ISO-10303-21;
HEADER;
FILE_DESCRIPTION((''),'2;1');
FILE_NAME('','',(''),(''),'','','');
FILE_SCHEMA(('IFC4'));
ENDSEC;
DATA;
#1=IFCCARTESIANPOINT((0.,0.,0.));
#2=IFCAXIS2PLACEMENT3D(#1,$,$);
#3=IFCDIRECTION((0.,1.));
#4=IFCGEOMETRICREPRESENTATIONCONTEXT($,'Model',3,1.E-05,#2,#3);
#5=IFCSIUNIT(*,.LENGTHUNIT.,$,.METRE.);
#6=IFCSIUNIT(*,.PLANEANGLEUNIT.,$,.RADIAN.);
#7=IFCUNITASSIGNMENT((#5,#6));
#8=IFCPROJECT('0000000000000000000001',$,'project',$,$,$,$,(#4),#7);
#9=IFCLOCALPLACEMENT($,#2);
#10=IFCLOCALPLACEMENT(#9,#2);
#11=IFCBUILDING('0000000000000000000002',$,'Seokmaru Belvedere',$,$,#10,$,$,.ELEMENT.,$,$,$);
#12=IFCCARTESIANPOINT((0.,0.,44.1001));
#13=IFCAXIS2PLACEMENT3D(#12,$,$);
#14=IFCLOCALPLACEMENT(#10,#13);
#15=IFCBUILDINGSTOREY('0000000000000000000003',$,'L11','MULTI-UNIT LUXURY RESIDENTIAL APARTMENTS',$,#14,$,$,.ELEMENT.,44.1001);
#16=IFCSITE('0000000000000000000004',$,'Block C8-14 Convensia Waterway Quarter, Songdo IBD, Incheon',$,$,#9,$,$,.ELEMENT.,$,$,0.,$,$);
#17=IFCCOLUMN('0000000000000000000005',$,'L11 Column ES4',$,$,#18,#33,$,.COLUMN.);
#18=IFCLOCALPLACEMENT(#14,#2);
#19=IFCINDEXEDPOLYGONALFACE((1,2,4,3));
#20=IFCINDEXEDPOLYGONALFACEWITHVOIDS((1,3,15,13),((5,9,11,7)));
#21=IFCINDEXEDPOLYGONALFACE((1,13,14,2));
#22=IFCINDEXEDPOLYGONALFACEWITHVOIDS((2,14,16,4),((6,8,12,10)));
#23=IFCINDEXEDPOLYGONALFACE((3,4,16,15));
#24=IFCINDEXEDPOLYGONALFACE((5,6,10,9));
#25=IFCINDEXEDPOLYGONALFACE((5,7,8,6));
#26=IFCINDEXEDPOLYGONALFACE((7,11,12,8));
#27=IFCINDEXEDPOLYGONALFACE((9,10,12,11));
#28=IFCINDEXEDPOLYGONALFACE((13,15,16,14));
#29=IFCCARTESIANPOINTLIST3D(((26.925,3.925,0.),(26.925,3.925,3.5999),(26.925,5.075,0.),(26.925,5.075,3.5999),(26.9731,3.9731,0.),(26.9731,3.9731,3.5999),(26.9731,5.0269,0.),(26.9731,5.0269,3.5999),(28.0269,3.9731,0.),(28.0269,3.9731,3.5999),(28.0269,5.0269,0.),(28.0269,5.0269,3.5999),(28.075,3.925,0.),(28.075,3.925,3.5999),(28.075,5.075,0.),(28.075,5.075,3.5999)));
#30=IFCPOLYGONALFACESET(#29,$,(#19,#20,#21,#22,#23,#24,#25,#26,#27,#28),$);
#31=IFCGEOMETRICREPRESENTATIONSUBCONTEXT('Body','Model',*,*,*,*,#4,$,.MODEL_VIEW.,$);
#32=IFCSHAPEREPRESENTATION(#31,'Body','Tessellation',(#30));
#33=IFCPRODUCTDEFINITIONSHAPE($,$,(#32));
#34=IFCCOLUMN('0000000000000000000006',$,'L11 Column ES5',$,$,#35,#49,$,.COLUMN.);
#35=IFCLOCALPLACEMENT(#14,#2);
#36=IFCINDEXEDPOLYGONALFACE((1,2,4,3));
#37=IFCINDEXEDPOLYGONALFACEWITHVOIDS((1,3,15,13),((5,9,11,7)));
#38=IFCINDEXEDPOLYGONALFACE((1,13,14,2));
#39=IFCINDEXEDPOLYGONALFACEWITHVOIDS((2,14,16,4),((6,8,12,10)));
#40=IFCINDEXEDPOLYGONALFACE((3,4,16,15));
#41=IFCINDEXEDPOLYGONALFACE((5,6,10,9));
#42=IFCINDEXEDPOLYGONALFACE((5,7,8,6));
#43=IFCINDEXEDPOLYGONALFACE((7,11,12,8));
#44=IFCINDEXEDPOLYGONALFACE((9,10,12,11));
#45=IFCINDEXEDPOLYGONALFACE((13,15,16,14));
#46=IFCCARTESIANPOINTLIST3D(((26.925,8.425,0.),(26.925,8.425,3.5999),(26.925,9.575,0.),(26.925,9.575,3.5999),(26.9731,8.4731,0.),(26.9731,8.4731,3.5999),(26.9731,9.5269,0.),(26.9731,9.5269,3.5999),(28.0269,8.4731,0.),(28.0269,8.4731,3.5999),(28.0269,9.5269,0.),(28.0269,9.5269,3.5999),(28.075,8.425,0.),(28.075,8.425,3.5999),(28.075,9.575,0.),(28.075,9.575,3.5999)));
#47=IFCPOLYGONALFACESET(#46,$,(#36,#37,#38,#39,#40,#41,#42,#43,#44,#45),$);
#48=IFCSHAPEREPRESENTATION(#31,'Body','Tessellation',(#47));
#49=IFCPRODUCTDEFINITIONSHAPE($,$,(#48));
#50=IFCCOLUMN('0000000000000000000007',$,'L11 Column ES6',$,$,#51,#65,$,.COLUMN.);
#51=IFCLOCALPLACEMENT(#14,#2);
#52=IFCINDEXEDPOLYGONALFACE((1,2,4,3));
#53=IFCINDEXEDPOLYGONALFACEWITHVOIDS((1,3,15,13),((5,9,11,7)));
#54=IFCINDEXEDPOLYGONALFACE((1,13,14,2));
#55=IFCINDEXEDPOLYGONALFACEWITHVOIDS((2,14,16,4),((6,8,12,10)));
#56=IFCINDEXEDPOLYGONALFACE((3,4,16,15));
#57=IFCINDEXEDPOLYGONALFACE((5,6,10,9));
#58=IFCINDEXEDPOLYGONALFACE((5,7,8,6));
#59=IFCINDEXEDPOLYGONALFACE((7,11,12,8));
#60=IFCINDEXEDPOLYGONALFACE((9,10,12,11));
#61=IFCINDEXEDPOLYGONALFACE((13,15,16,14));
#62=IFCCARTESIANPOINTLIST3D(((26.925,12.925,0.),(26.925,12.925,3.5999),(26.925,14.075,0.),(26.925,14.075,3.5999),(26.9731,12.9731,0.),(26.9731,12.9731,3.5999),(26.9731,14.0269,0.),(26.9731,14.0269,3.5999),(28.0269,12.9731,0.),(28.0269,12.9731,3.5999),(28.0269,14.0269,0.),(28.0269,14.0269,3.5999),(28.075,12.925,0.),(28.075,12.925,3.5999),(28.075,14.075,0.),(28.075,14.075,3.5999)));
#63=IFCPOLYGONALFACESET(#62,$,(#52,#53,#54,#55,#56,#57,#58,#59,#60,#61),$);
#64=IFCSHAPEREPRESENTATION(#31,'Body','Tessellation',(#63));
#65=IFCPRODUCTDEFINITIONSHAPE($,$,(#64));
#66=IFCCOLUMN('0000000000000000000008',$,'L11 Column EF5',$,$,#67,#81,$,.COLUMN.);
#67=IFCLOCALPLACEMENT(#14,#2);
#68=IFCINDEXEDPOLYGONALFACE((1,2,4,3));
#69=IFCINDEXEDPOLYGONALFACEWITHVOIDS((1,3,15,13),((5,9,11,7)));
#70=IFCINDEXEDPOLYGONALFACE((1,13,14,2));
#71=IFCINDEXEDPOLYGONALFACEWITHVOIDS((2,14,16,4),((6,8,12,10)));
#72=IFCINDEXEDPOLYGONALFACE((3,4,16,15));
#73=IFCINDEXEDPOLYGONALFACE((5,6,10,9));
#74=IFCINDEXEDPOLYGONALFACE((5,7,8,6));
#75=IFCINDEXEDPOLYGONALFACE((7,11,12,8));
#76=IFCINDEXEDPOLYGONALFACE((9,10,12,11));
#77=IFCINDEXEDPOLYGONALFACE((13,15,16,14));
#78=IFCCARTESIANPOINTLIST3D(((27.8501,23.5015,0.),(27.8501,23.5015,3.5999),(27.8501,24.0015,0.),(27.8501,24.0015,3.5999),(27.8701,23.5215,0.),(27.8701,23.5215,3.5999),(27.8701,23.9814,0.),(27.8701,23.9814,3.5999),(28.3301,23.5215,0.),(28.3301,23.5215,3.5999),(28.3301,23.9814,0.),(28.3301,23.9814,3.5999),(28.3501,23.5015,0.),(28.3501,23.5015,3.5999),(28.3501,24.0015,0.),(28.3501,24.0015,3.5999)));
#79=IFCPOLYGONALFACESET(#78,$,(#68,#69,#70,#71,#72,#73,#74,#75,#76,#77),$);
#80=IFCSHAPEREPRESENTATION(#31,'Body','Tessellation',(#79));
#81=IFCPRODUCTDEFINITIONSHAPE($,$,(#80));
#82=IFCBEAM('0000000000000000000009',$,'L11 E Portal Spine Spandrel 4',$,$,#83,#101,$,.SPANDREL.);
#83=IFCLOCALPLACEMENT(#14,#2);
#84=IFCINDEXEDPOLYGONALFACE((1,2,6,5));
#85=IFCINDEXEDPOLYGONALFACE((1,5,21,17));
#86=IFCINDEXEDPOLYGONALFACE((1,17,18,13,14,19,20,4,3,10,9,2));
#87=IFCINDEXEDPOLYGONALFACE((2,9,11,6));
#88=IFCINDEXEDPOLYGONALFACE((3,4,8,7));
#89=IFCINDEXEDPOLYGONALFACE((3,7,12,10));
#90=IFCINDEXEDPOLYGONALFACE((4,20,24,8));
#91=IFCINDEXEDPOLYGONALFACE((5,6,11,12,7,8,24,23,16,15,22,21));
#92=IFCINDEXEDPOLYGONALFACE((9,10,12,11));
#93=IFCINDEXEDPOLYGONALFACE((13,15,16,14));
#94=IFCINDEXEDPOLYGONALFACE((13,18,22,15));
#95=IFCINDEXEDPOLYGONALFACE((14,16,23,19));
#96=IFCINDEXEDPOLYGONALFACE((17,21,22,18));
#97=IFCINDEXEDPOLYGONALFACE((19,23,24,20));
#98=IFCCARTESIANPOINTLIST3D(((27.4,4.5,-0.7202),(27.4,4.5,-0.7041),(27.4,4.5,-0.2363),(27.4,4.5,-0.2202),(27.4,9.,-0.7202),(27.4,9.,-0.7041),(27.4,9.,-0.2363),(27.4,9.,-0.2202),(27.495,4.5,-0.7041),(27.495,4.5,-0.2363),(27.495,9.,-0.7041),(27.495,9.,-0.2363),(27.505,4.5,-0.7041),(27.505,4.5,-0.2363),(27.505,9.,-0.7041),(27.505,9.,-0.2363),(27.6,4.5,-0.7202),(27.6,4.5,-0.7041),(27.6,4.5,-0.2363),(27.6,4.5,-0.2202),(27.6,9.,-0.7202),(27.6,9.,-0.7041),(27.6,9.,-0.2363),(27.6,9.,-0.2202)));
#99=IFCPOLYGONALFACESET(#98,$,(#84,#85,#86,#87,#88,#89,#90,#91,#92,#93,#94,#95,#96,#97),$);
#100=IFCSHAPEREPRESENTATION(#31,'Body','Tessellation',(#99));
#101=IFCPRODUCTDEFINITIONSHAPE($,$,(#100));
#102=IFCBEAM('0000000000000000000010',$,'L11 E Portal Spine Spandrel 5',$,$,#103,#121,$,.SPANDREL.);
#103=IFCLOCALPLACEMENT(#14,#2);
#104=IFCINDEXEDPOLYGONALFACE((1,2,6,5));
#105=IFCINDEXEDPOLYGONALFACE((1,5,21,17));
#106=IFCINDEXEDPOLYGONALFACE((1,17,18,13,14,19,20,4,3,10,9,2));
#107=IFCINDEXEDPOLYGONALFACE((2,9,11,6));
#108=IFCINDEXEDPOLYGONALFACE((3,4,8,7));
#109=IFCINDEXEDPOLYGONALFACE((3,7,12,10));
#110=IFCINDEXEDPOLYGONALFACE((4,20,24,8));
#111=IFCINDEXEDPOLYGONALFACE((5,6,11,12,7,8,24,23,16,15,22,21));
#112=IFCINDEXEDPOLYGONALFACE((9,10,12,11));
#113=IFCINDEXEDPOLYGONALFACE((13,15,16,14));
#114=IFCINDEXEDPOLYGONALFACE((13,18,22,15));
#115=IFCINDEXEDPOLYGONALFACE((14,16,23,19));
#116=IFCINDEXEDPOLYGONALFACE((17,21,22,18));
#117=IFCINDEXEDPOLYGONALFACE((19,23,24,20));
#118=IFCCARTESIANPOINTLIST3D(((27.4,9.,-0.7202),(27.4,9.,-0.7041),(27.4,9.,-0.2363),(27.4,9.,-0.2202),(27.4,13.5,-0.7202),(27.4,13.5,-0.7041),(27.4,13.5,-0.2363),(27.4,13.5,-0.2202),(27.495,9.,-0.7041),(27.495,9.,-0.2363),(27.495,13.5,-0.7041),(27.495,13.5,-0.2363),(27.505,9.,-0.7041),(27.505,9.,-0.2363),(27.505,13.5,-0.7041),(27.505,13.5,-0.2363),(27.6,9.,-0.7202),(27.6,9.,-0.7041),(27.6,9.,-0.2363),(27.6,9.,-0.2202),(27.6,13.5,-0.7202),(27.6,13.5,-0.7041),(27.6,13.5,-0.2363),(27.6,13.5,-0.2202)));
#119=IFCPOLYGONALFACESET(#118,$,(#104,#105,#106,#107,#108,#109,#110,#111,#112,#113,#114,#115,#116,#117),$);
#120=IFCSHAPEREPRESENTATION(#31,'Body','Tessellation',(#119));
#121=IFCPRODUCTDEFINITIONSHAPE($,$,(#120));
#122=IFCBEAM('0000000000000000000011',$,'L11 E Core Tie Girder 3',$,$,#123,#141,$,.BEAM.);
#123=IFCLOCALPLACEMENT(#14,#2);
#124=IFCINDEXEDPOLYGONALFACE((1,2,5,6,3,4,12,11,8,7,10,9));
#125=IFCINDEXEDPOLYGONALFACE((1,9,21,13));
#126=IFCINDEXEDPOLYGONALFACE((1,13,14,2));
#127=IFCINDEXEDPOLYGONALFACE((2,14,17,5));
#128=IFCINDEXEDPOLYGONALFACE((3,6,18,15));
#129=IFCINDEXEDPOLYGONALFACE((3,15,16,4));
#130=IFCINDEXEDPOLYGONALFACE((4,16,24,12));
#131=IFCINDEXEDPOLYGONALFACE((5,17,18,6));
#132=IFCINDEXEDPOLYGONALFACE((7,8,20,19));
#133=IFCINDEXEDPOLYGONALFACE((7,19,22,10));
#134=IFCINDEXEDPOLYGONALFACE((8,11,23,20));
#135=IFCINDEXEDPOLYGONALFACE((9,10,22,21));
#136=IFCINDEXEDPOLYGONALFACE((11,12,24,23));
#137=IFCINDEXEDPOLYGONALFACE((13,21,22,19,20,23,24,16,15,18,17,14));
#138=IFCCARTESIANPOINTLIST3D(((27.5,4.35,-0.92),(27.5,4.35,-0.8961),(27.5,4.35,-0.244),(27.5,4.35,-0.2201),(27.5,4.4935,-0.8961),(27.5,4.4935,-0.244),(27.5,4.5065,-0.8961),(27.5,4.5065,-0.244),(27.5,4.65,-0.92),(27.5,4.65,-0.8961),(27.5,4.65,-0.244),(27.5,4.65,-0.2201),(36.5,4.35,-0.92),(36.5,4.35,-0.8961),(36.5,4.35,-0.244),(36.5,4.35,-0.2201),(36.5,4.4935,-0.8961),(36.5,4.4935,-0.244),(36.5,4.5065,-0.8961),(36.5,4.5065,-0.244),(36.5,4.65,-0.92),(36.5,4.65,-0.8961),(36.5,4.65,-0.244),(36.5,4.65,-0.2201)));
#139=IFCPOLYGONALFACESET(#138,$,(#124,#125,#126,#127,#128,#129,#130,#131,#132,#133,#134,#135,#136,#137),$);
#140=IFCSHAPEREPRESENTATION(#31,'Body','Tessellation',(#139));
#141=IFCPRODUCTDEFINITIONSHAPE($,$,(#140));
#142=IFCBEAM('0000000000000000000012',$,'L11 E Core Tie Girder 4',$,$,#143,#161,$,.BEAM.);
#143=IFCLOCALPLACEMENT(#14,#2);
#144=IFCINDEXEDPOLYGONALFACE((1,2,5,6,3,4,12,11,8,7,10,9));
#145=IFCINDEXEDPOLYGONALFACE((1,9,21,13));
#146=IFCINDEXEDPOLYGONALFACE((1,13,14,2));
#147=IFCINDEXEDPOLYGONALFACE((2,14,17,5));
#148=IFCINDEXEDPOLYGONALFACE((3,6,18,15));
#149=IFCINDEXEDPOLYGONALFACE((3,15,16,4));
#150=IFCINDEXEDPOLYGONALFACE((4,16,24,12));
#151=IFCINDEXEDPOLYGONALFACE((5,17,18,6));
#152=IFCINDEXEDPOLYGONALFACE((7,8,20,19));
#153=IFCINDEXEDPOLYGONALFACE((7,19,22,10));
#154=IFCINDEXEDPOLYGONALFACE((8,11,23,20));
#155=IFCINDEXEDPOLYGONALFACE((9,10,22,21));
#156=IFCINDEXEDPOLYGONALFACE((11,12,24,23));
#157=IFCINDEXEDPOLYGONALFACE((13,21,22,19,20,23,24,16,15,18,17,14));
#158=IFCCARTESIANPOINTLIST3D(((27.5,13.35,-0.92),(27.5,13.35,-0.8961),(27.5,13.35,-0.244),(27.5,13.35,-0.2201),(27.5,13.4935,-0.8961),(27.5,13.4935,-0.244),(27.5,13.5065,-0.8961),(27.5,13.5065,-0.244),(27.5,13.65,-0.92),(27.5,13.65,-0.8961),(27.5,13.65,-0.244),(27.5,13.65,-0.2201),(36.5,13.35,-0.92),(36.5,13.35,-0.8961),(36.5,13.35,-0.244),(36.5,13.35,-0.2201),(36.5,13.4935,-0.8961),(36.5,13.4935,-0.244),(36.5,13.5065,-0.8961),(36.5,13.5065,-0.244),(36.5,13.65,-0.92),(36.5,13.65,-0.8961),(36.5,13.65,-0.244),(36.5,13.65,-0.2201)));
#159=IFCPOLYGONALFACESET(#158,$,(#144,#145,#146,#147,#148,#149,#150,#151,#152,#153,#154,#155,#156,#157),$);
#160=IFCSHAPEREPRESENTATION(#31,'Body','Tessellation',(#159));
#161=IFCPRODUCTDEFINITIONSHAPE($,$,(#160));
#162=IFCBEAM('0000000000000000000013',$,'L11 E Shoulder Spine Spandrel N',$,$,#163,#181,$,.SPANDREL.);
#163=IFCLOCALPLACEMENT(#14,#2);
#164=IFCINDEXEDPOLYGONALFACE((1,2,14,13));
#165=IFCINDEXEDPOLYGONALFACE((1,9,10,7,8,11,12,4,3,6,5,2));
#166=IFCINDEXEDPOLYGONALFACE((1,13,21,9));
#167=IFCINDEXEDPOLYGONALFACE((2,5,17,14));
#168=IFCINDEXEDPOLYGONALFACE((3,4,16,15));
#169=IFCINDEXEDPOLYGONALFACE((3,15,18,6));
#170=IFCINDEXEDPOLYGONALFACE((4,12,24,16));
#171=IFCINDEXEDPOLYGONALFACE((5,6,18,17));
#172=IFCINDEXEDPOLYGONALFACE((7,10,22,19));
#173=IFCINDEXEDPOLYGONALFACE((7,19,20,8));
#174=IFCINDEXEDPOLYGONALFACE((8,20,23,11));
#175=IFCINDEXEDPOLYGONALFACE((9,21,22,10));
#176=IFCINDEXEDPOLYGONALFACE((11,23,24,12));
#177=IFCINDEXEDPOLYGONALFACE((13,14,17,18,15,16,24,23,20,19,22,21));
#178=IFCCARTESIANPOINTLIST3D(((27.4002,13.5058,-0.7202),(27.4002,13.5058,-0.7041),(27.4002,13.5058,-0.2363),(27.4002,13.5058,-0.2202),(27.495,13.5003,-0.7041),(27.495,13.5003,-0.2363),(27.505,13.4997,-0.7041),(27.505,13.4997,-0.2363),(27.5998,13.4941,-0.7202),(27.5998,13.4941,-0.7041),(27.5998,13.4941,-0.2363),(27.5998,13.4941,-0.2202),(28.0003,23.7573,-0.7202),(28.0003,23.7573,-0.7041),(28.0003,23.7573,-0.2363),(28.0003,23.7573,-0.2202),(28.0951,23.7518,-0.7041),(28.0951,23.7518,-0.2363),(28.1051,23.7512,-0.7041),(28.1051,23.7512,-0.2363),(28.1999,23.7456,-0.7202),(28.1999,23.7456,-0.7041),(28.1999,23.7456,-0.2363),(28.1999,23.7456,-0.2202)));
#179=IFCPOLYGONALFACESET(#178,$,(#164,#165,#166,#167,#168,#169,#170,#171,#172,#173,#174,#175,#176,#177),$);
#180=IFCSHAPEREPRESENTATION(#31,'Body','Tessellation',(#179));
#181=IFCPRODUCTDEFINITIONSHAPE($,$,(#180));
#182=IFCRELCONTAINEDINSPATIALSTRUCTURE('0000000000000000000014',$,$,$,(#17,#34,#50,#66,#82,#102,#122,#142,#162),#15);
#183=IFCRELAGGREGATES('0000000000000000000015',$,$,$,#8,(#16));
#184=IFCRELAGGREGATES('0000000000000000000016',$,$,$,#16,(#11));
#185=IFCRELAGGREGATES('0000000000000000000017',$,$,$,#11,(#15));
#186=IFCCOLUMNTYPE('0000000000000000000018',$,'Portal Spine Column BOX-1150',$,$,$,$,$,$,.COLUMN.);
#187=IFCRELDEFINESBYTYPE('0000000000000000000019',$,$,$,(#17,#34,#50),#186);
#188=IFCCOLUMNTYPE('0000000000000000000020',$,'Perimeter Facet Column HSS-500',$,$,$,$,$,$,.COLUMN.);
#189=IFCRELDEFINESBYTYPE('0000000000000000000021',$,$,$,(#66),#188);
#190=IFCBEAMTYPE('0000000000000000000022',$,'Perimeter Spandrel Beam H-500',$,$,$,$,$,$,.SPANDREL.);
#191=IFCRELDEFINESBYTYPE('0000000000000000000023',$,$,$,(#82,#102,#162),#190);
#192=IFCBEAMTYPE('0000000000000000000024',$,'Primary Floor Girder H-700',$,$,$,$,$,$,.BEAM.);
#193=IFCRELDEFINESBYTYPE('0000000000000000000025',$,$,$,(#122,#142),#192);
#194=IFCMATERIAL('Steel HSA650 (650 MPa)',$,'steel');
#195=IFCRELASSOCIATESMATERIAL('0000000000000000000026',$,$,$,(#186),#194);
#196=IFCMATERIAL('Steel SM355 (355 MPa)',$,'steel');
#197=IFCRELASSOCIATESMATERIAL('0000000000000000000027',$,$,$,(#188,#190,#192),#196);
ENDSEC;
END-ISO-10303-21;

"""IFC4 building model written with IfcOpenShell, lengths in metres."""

from ifc_helpers import new_model, si_unit, direction, frame, origin, origin_2d, place, context, subcontext, project, spatial, hollow_rectangle, i_section, extrude, source, transform, mapped, material, material_profile, profile_set, type_object, type_shapes, element, save


model = new_model("IFC4")

# Units and contexts
model_context = context("Model", 3, precision=1e-05, world=origin(), true_north=direction((0.0, 1.0)))
body_context = subcontext(model_context, "Body", "Model", "MODEL_VIEW")
ifc_project = project(units=[si_unit("LENGTHUNIT", "METRE"), si_unit("PLANEANGLEUNIT", "RADIAN")], contexts=[model_context])

# Site, building, storey
site_placement = place(None, origin())
site = spatial("IfcSite", under=ifc_project, at=site_placement, Name="Block C8-14 Convensia Waterway Quarter, Songdo IBD, Incheon", CompositionType="ELEMENT", RefElevation=0.0)
building_placement = place(site_placement, origin())
building = spatial("IfcBuilding", under=site, at=building_placement, Name="Seokmaru Belvedere", CompositionType="ELEMENT")
storey_placement = place(building_placement, frame((0.0, 0.0, 44.1001)))
storey = spatial("IfcBuildingStorey", under=building, at=storey_placement, Name="L11", Description="MULTI-UNIT LUXURY RESIDENTIAL APARTMENTS", CompositionType="ELEMENT", Elevation=44.1001)

# Columns
ifc_material_1 = material(Name="Steel HSA650 (650 MPa)", Category="steel")
ifc_material_profile_1 = material_profile(ifc_material_1, hollow_rectangle(XDim=1.1499, YDim=1.1499, WallThickness=0.0481, at=origin_2d()), Name="BOX-1150x1150x48")
ifc_profile_set_1 = profile_set([ifc_material_profile_1], Name="Steel HSA650 (650 MPa)")
column_type_1 = type_object("IfcColumnType", Name="Portal Spine Column BOX-1150", PredefinedType="COLUMN", material=ifc_profile_set_1)
shared_shape_1 = source(origin(), body_context, "Body", "SweptSolid", [
    extrude(hollow_rectangle(XDim=1.1499, YDim=1.1499, WallThickness=0.0481, at=origin_2d()), origin(), (0.0, 0.0, 1.0), 3.5999),
])
type_shapes(column_type_1, [shared_shape_1])
for number, where, z_axis, x_axis, name in (
    (1, (27.5, 4.5, 0.0), (0.0, 0.0, 1.0), (1.0, 0.0, 0.0), "L11 Column ES4"),
    (2, (27.5, 9.0, 0.0), (0.0, 0.0, 1.0), (1.0, 0.0, 0.0), "L11 Column ES5"),
    (3, (27.5, 13.5, 0.0), (0.0, 0.0, 1.0), (1.0, 0.0, 0.0), "L11 Column ES6"),
):
    element("IfcColumn", number, at=place(storey_placement, frame(where, z_axis=z_axis, x_axis=x_axis)), inside=storey, type_object=column_type_1, Name=name, PredefinedType="COLUMN", context=body_context, shape_type="MappedRepresentation", body=[
        mapped(shared_shape_1, transform((0.0, 0.0, 0.0), scale=1.0)),
    ])
ifc_material_2 = material(Name="Steel SM355 (355 MPa)", Category="steel")
ifc_material_profile_2 = material_profile(ifc_material_2, hollow_rectangle(XDim=0.5, YDim=0.5, WallThickness=0.02, at=origin_2d()), Name="HSS-500x500x20")
ifc_profile_set_2 = profile_set([ifc_material_profile_2], Name="Steel SM355 (355 MPa)")
column_type_2 = type_object("IfcColumnType", Name="Perimeter Facet Column HSS-500", PredefinedType="COLUMN", material=ifc_profile_set_2)
shared_shape_2 = source(origin(), body_context, "Body", "SweptSolid", [
    extrude(hollow_rectangle(XDim=0.5, YDim=0.5, WallThickness=0.02, at=origin_2d()), origin(), (0.0, 0.0, 1.0), 3.5999),
])
type_shapes(column_type_2, [shared_shape_2])
column_placement = place(storey_placement, frame((28.1001, 23.7515, 0.0), z_axis=(0.0, 0.0, 1.0), x_axis=(1.0, 0.0, 0.0)))
element("IfcColumn", 4, at=column_placement, inside=storey, type_object=column_type_2, Name="L11 Column EF5", PredefinedType="COLUMN", context=body_context, shape_type="MappedRepresentation", body=[
    mapped(shared_shape_2, transform((0.0, 0.0, 0.0), scale=1.0)),
])

# Beams
ifc_material_profile_3 = material_profile(ifc_material_2, i_section(OverallWidth=0.2, OverallDepth=0.5, WebThickness=0.01, FlangeThickness=0.0161, at=origin_2d()), Name="H-500x200x10x16")
ifc_profile_set_3 = profile_set([ifc_material_profile_3], Name="Steel SM355 (355 MPa)")
beam_type_1 = type_object("IfcBeamType", Name="Perimeter Spandrel Beam H-500", PredefinedType="SPANDREL", material=ifc_profile_set_3)
shared_shape_3 = source(origin(), body_context, "Body", "SweptSolid", [
    extrude(i_section(OverallWidth=0.2, OverallDepth=0.5, WebThickness=0.01, FlangeThickness=0.0161, at=origin_2d()), origin(), (0.0, 0.0, 1.0), 4.5),
])
for number, where, z_axis, x_axis, name in (
    (5, (27.5, 4.5, -0.4702), (0.0, 1.0, 0.0), (-1.0, 0.0, 0.0), "L11 E Portal Spine Spandrel 4"),
    (6, (27.5, 9.0, -0.4702), (0.0, 1.0, 0.0), (-1.0, 0.0, 0.0), "L11 E Portal Spine Spandrel 5"),
):
    element("IfcBeam", number, at=place(storey_placement, frame(where, z_axis=z_axis, x_axis=x_axis)), inside=storey, type_object=beam_type_1, Name=name, PredefinedType="SPANDREL", context=body_context, shape_type="MappedRepresentation", body=[
        mapped(shared_shape_3, transform((0.0, 0.0, 0.0), scale=1.0)),
    ])
ifc_material_profile_4 = material_profile(ifc_material_2, i_section(OverallWidth=0.3, OverallDepth=0.7, WebThickness=0.0129, FlangeThickness=0.0239, at=origin_2d()), Name="H-700x300x13x24")
ifc_profile_set_4 = profile_set([ifc_material_profile_4], Name="Steel SM355 (355 MPa)")
beam_type_2 = type_object("IfcBeamType", Name="Primary Floor Girder H-700", PredefinedType="BEAM", material=ifc_profile_set_4)
shared_shape_4 = source(origin(), body_context, "Body", "SweptSolid", [
    extrude(i_section(OverallWidth=0.3, OverallDepth=0.7, WebThickness=0.0129, FlangeThickness=0.0239, at=origin_2d()), origin(), (0.0, 0.0, 1.0), 9.0),
])
type_shapes(beam_type_2, [shared_shape_4])
for number, where, z_axis, x_axis, name in (
    (7, (27.5, 4.5, -0.5701), (1.0, 0.0, 0.0), (0.0, 1.0, 0.0), "L11 E Core Tie Girder 3"),
    (8, (27.5, 13.5, -0.5701), (1.0, 0.0, 0.0), (0.0, 1.0, 0.0), "L11 E Core Tie Girder 4"),
):
    element("IfcBeam", number, at=place(storey_placement, frame(where, z_axis=z_axis, x_axis=x_axis)), inside=storey, type_object=beam_type_2, Name=name, PredefinedType="BEAM", context=body_context, shape_type="MappedRepresentation", body=[
        mapped(shared_shape_4, transform((0.0, 0.0, 0.0), scale=1.0)),
    ])
shared_shape_5 = source(origin(), body_context, "Body", "SweptSolid", [
    extrude(i_section(OverallWidth=0.2, OverallDepth=0.5, WebThickness=0.01, FlangeThickness=0.0161, at=origin_2d()), origin(), (0.0, 0.0, 1.0), 10.269),
])
type_shapes(beam_type_1, [shared_shape_3, shared_shape_5])
beam_placement = place(storey_placement, frame((28.1001, 23.7515, -0.4702), z_axis=(-0.058438, -0.998291, 0.0), x_axis=(0.998291, -0.058438, 0.0)))
element("IfcBeam", 9, at=beam_placement, inside=storey, type_object=beam_type_1, Name="L11 E Shoulder Spine Spandrel N", PredefinedType="SPANDREL", context=body_context, shape_type="MappedRepresentation", body=[
    mapped(shared_shape_5, transform((0.0, 0.0, 0.0), scale=1.0)),
])

save(model, "model.ifc")
